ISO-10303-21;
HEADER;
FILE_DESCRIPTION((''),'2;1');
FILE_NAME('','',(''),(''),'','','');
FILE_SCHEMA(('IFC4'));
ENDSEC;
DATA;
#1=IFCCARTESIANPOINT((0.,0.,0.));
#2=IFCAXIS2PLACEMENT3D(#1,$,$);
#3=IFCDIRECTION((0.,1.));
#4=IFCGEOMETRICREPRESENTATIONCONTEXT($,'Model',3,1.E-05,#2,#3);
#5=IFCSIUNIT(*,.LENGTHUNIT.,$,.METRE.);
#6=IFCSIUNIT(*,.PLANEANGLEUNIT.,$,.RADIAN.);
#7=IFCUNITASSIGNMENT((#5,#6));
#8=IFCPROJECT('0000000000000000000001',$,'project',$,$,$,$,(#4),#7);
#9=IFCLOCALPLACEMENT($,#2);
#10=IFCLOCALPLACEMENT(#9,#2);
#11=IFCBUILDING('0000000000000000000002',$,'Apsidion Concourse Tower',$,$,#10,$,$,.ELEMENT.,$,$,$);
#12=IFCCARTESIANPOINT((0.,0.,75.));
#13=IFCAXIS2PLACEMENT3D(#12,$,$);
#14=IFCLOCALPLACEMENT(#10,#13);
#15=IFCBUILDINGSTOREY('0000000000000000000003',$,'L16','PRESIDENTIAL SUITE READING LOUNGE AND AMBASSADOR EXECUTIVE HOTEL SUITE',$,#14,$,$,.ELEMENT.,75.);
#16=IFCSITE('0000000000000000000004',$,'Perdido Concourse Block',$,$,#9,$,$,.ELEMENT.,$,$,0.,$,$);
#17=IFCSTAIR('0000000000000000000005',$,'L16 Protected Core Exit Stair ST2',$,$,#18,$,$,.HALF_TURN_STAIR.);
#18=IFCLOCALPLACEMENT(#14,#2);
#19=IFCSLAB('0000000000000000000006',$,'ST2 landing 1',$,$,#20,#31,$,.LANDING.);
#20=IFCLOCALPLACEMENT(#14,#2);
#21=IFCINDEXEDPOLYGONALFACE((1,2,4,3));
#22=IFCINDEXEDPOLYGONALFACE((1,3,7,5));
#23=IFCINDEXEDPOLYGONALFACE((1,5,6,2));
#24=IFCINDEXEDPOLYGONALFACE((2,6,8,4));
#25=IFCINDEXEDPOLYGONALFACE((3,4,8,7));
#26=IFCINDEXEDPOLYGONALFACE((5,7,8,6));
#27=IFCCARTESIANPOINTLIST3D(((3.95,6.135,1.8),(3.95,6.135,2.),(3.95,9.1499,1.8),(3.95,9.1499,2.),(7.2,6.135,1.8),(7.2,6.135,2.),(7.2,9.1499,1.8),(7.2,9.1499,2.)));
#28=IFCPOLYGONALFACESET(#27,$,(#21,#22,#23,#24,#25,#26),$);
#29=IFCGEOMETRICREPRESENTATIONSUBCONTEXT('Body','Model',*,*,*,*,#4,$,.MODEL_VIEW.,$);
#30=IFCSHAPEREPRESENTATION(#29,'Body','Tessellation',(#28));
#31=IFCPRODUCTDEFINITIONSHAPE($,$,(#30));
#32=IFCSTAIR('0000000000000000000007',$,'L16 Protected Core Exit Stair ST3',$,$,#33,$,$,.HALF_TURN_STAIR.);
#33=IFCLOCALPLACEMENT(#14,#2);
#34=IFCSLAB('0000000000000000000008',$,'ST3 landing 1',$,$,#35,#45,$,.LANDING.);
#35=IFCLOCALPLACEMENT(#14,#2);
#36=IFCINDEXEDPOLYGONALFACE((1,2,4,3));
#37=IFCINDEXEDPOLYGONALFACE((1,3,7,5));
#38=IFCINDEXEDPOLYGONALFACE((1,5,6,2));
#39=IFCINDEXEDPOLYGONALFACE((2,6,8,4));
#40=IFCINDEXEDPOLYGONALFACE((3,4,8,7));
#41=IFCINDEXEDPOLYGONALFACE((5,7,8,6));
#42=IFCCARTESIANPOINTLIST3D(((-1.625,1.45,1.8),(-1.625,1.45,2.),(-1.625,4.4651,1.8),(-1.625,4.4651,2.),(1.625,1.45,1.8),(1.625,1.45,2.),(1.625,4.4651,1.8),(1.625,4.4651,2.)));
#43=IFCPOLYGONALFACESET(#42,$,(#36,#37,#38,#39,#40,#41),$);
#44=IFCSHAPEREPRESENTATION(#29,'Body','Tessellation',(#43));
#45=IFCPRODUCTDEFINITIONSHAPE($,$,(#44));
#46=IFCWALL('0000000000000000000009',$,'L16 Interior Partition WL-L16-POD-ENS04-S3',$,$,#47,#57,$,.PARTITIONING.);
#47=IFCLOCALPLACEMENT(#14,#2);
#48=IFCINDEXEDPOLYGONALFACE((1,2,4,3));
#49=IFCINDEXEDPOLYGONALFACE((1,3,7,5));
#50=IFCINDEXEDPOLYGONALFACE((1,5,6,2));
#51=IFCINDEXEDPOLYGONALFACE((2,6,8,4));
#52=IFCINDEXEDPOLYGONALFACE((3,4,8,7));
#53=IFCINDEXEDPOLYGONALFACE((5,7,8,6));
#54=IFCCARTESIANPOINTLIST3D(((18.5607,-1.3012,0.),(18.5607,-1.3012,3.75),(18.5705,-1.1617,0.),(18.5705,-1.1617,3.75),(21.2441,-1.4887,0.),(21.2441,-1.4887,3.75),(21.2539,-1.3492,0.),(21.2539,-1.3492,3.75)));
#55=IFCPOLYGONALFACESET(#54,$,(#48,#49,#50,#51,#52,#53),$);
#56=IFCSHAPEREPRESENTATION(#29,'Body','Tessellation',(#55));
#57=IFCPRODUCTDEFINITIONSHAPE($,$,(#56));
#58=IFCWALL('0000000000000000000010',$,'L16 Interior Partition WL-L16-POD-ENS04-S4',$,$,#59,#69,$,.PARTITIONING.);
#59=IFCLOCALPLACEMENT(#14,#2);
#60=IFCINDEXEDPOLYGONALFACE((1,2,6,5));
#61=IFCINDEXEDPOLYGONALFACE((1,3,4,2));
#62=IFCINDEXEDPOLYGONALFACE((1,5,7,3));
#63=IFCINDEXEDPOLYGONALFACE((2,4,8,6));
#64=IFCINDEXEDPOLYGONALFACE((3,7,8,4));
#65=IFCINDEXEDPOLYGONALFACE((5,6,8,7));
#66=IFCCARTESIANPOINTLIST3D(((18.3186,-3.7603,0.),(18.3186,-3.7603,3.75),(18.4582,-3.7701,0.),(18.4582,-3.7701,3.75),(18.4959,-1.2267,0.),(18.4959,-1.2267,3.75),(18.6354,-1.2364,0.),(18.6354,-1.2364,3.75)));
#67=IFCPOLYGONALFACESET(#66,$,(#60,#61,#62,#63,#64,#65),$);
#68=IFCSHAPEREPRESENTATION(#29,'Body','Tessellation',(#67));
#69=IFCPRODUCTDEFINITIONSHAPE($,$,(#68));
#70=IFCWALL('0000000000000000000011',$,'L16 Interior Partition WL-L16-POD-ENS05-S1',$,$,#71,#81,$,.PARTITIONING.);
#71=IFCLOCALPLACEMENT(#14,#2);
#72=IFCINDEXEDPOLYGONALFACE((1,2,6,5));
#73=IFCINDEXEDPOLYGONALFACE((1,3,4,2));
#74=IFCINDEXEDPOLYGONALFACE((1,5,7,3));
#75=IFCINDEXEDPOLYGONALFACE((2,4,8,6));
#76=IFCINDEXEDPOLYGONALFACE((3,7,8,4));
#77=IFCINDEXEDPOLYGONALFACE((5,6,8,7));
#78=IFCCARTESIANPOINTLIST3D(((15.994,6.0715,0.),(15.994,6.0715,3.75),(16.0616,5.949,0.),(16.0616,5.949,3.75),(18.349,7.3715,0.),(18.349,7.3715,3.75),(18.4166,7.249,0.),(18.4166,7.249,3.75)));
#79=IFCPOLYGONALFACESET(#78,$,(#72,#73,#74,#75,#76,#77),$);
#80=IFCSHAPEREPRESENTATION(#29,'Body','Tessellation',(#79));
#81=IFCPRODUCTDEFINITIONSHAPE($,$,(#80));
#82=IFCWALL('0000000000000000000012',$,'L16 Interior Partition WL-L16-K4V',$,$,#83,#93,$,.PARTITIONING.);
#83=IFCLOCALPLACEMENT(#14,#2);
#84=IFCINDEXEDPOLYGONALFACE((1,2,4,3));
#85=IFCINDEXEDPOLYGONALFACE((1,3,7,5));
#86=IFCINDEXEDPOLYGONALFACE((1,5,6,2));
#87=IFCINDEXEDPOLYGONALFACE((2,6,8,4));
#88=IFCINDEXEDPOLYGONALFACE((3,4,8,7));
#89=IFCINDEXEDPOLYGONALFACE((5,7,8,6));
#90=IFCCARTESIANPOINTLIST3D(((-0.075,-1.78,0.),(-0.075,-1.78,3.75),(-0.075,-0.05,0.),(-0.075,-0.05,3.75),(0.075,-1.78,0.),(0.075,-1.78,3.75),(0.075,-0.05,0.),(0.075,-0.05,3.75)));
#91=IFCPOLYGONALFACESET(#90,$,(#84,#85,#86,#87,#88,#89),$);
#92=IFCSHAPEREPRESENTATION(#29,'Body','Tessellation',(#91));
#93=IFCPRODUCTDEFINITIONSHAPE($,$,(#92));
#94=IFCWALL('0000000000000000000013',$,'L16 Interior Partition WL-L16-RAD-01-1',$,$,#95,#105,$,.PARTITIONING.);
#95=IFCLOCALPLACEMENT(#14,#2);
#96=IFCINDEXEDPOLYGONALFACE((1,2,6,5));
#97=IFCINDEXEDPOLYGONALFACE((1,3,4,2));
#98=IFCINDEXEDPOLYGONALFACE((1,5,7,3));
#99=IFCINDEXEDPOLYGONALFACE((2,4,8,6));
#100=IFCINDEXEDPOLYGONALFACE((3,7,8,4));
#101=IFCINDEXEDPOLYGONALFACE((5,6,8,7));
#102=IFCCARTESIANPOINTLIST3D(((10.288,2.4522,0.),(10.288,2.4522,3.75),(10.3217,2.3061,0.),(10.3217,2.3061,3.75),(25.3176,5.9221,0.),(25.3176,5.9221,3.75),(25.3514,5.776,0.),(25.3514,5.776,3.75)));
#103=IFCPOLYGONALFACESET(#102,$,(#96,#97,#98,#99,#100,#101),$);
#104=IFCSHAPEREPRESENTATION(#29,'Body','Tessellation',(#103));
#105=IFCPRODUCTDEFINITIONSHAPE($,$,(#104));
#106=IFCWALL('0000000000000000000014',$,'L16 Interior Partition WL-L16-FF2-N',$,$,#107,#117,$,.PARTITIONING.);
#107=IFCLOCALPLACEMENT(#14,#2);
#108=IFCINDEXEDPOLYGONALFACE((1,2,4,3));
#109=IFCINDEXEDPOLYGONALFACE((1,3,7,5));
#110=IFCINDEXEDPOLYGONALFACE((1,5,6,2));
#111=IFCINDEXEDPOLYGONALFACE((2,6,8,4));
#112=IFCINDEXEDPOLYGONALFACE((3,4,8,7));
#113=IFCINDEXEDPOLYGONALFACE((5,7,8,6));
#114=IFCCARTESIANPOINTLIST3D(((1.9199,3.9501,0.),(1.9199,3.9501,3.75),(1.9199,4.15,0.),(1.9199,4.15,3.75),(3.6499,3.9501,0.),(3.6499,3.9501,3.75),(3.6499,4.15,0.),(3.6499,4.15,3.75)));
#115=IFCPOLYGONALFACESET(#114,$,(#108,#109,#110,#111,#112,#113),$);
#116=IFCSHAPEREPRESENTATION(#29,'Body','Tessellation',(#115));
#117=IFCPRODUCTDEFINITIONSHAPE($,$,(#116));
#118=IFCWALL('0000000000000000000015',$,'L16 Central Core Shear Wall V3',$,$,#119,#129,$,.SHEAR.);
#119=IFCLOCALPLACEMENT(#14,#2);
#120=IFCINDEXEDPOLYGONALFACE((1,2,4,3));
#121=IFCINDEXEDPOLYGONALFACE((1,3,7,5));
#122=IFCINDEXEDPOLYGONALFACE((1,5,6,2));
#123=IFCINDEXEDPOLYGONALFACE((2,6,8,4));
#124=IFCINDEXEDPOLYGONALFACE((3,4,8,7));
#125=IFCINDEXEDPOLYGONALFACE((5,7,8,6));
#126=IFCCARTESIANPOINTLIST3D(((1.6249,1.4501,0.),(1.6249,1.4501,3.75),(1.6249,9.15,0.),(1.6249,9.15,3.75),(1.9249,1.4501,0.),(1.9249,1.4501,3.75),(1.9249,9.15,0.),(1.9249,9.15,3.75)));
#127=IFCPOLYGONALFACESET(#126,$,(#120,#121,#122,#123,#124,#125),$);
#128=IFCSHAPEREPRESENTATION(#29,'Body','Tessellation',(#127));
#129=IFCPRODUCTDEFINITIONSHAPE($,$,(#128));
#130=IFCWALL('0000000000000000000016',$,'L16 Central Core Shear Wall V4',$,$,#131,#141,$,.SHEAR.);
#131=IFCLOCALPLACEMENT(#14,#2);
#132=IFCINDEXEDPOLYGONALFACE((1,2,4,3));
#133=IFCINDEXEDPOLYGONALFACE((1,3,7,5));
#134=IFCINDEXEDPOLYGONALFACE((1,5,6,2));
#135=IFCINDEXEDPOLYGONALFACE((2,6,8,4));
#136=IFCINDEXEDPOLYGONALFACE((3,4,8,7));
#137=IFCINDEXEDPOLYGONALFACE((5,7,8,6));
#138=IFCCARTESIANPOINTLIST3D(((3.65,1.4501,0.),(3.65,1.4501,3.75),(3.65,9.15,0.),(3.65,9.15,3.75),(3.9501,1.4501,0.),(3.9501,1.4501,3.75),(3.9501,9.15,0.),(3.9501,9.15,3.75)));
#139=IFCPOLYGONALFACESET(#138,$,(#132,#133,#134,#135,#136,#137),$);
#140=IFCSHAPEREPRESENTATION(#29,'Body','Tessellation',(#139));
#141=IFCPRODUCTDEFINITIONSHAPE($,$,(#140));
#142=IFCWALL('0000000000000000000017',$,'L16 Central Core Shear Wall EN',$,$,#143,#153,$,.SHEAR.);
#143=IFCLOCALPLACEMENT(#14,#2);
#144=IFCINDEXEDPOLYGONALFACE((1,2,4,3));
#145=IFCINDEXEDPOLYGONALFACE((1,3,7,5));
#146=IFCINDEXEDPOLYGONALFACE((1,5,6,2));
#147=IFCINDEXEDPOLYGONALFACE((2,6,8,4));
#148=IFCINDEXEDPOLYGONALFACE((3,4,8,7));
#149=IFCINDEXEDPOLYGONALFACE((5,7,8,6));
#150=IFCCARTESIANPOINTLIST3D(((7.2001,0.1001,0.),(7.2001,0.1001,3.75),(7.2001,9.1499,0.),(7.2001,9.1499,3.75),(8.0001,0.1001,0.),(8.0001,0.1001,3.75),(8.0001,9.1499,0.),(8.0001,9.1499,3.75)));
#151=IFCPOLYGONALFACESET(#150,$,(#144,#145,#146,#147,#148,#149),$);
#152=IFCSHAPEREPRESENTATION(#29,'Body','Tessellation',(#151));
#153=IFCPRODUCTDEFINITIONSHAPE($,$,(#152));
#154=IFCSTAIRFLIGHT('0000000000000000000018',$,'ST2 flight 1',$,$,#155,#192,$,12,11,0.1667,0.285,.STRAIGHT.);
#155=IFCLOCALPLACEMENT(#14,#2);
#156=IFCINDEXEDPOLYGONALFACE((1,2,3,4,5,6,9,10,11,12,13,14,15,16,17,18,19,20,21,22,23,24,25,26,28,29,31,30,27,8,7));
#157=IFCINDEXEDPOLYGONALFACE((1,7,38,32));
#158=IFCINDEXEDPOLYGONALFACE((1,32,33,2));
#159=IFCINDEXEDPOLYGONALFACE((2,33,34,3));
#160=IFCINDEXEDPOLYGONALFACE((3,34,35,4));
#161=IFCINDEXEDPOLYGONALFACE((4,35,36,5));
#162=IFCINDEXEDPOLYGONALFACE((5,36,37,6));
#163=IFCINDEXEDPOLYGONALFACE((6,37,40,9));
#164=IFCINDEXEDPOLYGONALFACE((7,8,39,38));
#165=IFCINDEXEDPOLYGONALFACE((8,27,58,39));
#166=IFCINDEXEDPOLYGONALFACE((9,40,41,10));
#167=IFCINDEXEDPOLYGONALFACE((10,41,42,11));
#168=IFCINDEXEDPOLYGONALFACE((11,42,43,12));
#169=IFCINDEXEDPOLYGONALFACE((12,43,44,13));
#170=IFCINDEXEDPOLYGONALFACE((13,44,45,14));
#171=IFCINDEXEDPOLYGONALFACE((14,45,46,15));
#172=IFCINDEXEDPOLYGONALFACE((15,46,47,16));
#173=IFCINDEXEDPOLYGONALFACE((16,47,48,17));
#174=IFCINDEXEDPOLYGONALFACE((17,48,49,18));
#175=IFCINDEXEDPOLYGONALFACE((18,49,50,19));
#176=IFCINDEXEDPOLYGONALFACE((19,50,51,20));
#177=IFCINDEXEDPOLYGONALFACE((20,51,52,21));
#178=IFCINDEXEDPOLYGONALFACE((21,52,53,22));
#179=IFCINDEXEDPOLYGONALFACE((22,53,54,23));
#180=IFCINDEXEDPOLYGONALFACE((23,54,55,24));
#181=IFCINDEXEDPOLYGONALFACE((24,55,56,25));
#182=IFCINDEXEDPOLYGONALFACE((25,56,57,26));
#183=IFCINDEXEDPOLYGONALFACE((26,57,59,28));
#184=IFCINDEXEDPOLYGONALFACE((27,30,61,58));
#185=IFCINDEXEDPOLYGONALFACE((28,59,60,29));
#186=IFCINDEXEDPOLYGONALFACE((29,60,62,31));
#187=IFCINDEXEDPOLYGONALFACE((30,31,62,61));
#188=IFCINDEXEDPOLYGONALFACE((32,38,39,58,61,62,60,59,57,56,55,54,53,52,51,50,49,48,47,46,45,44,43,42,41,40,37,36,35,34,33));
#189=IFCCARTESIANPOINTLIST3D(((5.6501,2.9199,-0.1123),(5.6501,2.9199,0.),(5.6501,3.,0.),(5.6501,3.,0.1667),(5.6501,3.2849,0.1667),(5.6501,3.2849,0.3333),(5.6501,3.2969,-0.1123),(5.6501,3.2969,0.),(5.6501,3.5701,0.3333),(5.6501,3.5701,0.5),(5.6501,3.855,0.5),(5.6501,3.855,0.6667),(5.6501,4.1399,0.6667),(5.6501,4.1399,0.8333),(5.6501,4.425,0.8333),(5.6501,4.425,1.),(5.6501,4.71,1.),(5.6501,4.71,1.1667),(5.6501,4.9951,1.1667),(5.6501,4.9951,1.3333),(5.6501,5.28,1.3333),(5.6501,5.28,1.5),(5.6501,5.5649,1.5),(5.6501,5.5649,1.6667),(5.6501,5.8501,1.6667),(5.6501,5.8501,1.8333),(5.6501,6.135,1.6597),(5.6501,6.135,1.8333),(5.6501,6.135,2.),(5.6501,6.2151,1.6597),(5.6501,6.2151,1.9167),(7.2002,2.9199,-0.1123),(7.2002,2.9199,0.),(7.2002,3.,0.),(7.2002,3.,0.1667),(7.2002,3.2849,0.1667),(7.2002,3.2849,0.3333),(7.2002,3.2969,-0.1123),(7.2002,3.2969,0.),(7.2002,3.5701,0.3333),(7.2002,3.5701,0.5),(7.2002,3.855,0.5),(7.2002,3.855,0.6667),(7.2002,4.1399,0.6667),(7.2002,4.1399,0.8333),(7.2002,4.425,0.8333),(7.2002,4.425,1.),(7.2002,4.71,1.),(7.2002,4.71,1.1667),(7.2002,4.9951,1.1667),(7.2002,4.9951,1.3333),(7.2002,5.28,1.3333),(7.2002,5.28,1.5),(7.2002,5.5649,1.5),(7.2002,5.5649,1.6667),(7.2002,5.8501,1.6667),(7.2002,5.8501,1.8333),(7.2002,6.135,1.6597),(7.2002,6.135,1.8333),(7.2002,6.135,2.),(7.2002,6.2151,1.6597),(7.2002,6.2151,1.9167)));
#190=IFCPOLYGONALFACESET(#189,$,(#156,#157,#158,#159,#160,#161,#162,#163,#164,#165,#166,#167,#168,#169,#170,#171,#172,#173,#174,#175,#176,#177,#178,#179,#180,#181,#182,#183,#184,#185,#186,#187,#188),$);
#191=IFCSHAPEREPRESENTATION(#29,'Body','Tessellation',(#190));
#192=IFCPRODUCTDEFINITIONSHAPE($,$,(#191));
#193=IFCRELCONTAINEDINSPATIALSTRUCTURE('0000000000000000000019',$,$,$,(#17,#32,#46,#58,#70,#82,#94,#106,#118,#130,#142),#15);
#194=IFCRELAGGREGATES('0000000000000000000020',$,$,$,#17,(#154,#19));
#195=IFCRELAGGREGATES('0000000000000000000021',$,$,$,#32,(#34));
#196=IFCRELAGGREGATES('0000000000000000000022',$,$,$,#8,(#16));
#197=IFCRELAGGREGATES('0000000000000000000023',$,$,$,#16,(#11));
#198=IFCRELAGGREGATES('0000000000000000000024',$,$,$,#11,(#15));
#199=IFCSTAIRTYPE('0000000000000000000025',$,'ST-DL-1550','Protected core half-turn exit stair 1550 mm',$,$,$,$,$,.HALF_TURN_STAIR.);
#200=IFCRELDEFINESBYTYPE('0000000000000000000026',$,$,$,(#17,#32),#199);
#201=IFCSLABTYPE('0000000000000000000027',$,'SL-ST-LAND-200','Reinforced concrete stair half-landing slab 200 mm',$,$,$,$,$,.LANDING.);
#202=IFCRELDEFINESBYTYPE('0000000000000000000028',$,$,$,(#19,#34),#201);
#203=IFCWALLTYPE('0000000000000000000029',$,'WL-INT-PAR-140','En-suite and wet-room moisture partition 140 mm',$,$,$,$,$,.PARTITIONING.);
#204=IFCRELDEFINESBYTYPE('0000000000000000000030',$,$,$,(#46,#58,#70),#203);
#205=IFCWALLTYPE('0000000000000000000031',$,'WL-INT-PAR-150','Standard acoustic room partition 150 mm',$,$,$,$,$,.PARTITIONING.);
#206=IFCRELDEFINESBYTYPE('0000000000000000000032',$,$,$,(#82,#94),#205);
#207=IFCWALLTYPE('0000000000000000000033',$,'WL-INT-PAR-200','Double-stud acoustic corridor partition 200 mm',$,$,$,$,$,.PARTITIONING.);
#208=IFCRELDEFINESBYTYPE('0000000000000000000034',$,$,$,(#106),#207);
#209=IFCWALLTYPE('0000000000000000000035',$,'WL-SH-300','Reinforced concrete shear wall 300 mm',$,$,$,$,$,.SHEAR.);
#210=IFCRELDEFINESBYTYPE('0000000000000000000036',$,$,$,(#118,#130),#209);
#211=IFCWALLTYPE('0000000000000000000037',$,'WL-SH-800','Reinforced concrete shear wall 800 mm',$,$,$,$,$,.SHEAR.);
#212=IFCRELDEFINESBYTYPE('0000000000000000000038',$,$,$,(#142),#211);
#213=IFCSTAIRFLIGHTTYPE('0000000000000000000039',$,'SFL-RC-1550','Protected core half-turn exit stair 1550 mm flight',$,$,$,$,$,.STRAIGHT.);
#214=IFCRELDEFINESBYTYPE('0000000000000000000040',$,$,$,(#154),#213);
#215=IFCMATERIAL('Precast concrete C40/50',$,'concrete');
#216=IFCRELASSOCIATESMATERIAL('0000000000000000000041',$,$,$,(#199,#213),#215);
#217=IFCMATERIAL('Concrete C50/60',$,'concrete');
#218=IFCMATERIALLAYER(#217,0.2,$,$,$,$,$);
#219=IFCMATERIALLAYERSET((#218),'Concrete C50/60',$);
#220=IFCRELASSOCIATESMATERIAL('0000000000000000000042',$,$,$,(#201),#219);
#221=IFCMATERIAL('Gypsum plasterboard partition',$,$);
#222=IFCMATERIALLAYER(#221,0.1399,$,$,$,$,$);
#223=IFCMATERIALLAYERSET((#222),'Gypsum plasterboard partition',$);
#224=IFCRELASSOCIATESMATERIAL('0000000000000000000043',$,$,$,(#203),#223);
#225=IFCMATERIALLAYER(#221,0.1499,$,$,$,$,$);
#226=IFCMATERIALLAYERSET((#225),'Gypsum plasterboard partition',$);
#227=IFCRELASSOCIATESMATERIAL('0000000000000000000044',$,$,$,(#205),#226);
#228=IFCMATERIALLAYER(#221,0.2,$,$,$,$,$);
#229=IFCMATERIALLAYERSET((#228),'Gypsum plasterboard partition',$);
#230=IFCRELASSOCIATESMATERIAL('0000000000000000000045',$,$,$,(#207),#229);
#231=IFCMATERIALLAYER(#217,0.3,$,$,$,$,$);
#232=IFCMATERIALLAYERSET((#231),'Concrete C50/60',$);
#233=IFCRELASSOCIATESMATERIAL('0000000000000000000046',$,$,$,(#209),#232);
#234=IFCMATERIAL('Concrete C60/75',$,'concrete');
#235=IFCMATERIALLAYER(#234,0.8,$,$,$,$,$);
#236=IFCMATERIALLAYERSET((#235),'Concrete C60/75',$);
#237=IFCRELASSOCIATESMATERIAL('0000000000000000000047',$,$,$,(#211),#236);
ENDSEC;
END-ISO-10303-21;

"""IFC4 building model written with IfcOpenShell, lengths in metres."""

from ifc_helpers import new_model, si_unit, direction, frame, frame_2d, origin, place, context, subcontext, project, spatial, polyline, rectangle, outline, extrude, material, layer, layer_set, type_object, element, aggregate, save


model = new_model("IFC4")

# Units and contexts
model_context = context("Model", 3, precision=1e-05, world=origin(), true_north=direction((0.0, 1.0)))
body_context = subcontext(model_context, "Body", "Model", "MODEL_VIEW")
ifc_project = project(units=[si_unit("LENGTHUNIT", "METRE"), si_unit("PLANEANGLEUNIT", "RADIAN")], contexts=[model_context])

# Site, building, storey
site_placement = place(None, origin())
site = spatial("IfcSite", under=ifc_project, at=site_placement, Name="Perdido Concourse Block", CompositionType="ELEMENT", RefElevation=0.0)
building_placement = place(site_placement, origin())
building = spatial("IfcBuilding", under=site, at=building_placement, Name="Apsidion Concourse Tower", CompositionType="ELEMENT")
storey_placement = place(building_placement, frame((0.0, 0.0, 75.0)))
storey = spatial("IfcBuildingStorey", under=building, at=storey_placement, Name="L16", Description="PRESIDENTIAL SUITE READING LOUNGE AND AMBASSADOR EXECUTIVE HOTEL SUITE", CompositionType="ELEMENT", Elevation=75.0)

# Shared definitions
ifc_material_1 = material(Name="Concrete C60/75", Category="concrete")

# Shared definitions
ifc_material_2 = material(Name="Concrete C50/60", Category="concrete")

# Stairs, slabs
ifc_material_3 = material(Name="Precast concrete C40/50", Category="concrete")
stair_type = type_object("IfcStairType", Name="ST-DL-1550", Description="Protected core half-turn exit stair 1550 mm", PredefinedType="HALF_TURN_STAIR", material=ifc_material_3)
ifc_layer_1 = layer(ifc_material_2, 0.2)
ifc_layer_set_1 = layer_set([ifc_layer_1], Name="Concrete C50/60")
slab_type_1 = type_object("IfcSlabType", Name="SL-ST-LAND-200", Description="Reinforced concrete stair half-landing slab 200 mm", PredefinedType="LANDING", material=ifc_layer_set_1)
stair_1_placement = place(storey_placement, origin())
stair_1 = element("IfcStair", 1, at=stair_1_placement, inside=storey, type_object=stair_type, Name="L16 Protected Core Exit Stair ST2", PredefinedType="HALF_TURN_STAIR")
slab_1_placement = place(storey_placement, frame((0.0, 0.0, 1.8)))
slab_1 = element("IfcSlab", 2, at=slab_1_placement, type_object=slab_type_1, Name="ST2 landing 1", PredefinedType="LANDING", context=body_context, shape_type="SweptSolid", body=[
    extrude(outline(polyline([(7.2, 6.135), (7.2, 9.1499), (3.95, 9.1499), (3.95, 6.135), (7.2, 6.135)])), origin(), (0.0, 0.0, 1.0), 0.2),
])
stair_2_placement = place(storey_placement, origin())
stair_2 = element("IfcStair", 3, at=stair_2_placement, inside=storey, type_object=stair_type, Name="L16 Protected Core Exit Stair ST3", PredefinedType="HALF_TURN_STAIR")
slab_2_placement = place(storey_placement, frame((0.0, 0.0, 1.8)))
slab_2 = element("IfcSlab", 4, at=slab_2_placement, type_object=slab_type_1, Name="ST3 landing 1", PredefinedType="LANDING", context=body_context, shape_type="SweptSolid", body=[
    extrude(outline(polyline([(-1.625, 4.4651), (-1.625, 1.45), (1.625, 1.45), (1.625, 4.4651), (-1.625, 4.4651)])), origin(), (0.0, 0.0, 1.0), 0.2),
])

# Walls
ifc_material_4 = material(Name="Gypsum plasterboard partition")
ifc_layer_2 = layer(ifc_material_4, 0.1399)
ifc_layer_set_2 = layer_set([ifc_layer_2], Name="Gypsum plasterboard partition")
wall_type_1 = type_object("IfcWallType", Name="WL-INT-PAR-140", Description="En-suite and wet-room moisture partition 140 mm", PredefinedType="PARTITIONING", material=ifc_layer_set_2)
wall_1_placement = place(storey_placement, frame((21.249, -1.4189, 0.0), z_axis=(0.0, 0.0, 1.0), x_axis=(-0.997568, 0.069705, 0.0)))
element("IfcWall", 5, at=wall_1_placement, inside=storey, type_object=wall_type_1, Name="L16 Interior Partition WL-L16-POD-ENS04-S3", PredefinedType="PARTITIONING", context=body_context, shape_type="SweptSolid", body=[
    extrude(rectangle(XDim=2.6899, YDim=0.1399, at=frame_2d((1.345, 0.0))), origin(), (0.0, 0.0, 1.0), 3.75),
])
wall_2_placement = place(storey_placement, frame((18.5657, -1.2314, 0.0), z_axis=(0.0, 0.0, 1.0), x_axis=(-0.069785, -0.997562, 0.0)))
element("IfcWall", 6, at=wall_2_placement, inside=storey, type_object=wall_type_1, Name="L16 Interior Partition WL-L16-POD-ENS04-S4", PredefinedType="PARTITIONING", context=body_context, shape_type="SweptSolid", body=[
    extrude(rectangle(XDim=2.5398, YDim=0.1399, at=frame_2d((1.27, 0.0))), origin(), (0.0, 0.0, 1.0), 3.75),
])
wall_3_placement = place(storey_placement, frame((16.0278, 6.0103, 0.0), z_axis=(0.0, 0.0, 1.0), x_axis=(0.87546, 0.483291, 0.0)))
element("IfcWall", 7, at=wall_3_placement, inside=storey, type_object=wall_type_1, Name="L16 Interior Partition WL-L16-POD-ENS05-S1", PredefinedType="PARTITIONING", context=body_context, shape_type="SweptSolid", body=[
    extrude(rectangle(XDim=2.6899, YDim=0.1399, at=frame_2d((1.345, 0.0))), origin(), (0.0, 0.0, 1.0), 3.75),
])
ifc_layer_3 = layer(ifc_material_4, 0.1499)
ifc_layer_set_3 = layer_set([ifc_layer_3], Name="Gypsum plasterboard partition")
wall_type_2 = type_object("IfcWallType", Name="WL-INT-PAR-150", Description="Standard acoustic room partition 150 mm", PredefinedType="PARTITIONING", material=ifc_layer_set_3)
wall_4_placement = place(storey_placement, frame((0.0, -1.78, 0.0), z_axis=(0.0, 0.0, 1.0), x_axis=(0.0, 1.0, 0.0)))
element("IfcWall", 8, at=wall_4_placement, inside=storey, type_object=wall_type_2, Name="L16 Interior Partition WL-L16-K4V", PredefinedType="PARTITIONING", context=body_context, shape_type="SweptSolid", body=[
    extrude(rectangle(XDim=1.73, YDim=0.1499, at=frame_2d((0.865, 0.0))), origin(), (0.0, 0.0, 1.0), 3.75),
])
wall_5_placement = place(storey_placement, frame((10.3049, 2.3792, 0.0), z_axis=(0.0, 0.0, 1.0), x_axis=(0.974369, 0.224955, 0.0)))
element("IfcWall", 9, at=wall_5_placement, inside=storey, type_object=wall_type_2, Name="L16 Interior Partition WL-L16-RAD-01-1", PredefinedType="PARTITIONING", context=body_context, shape_type="SweptSolid", body=[
    extrude(rectangle(XDim=15.425, YDim=0.1499, at=frame_2d((7.7124, 0.0))), origin(), (0.0, 0.0, 1.0), 3.75),
])
ifc_layer_4 = layer(ifc_material_4, 0.2)
ifc_layer_set_4 = layer_set([ifc_layer_4], Name="Gypsum plasterboard partition")
wall_type_3 = type_object("IfcWallType", Name="WL-INT-PAR-200", Description="Double-stud acoustic corridor partition 200 mm", PredefinedType="PARTITIONING", material=ifc_layer_set_4)
wall_6_placement = place(storey_placement, frame((1.9199, 4.05, 0.0), z_axis=(0.0, 0.0, 1.0), x_axis=(1.0, 0.0, 0.0)))
element("IfcWall", 10, at=wall_6_placement, inside=storey, type_object=wall_type_3, Name="L16 Interior Partition WL-L16-FF2-N", PredefinedType="PARTITIONING", context=body_context, shape_type="SweptSolid", body=[
    extrude(rectangle(XDim=1.73, YDim=0.2, at=frame_2d((0.865, 0.0))), origin(), (0.0, 0.0, 1.0), 3.75),
])

# Walls
ifc_layer_5 = layer(ifc_material_2, 0.3)
ifc_layer_set_5 = layer_set([ifc_layer_5], Name="Concrete C50/60")
wall_type_4 = type_object("IfcWallType", Name="WL-SH-300", Description="Reinforced concrete shear wall 300 mm", PredefinedType="SHEAR", material=ifc_layer_set_5)
for number, where, z_axis, x_axis, name in (
    (11, (1.7749, 1.45, 0.0), (0.0, 0.0, 1.0), (0.0, 1.0, 0.0), "L16 Central Core Shear Wall V3"),
    (12, (3.8, 1.45, 0.0), (0.0, 0.0, 1.0), (0.0, 1.0, 0.0), "L16 Central Core Shear Wall V4"),
):
    element("IfcWall", number, at=place(storey_placement, frame(where, z_axis=z_axis, x_axis=x_axis)), inside=storey, type_object=wall_type_4, Name=name, PredefinedType="SHEAR", context=body_context, shape_type="SweptSolid", body=[
        extrude(rectangle(XDim=7.7, YDim=0.3, at=frame_2d((3.8501, 0.0))), origin(), (0.0, 0.0, 1.0), 3.75),
    ])
ifc_layer_6 = layer(ifc_material_1, 0.8)
ifc_layer_set_6 = layer_set([ifc_layer_6], Name="Concrete C60/75")
wall_type_5 = type_object("IfcWallType", Name="WL-SH-800", Description="Reinforced concrete shear wall 800 mm", PredefinedType="SHEAR", material=ifc_layer_set_6)
wall_7_placement = place(storey_placement, frame((7.6001, 0.1001, 0.0), z_axis=(0.0, 0.0, 1.0), x_axis=(0.0, 1.0, 0.0)))
element("IfcWall", 13, at=wall_7_placement, inside=storey, type_object=wall_type_5, Name="L16 Central Core Shear Wall EN", PredefinedType="SHEAR", context=body_context, shape_type="SweptSolid", body=[
    extrude(rectangle(XDim=9.0498, YDim=0.8, at=frame_2d((4.5249, 0.0))), origin(), (0.0, 0.0, 1.0), 3.75),
])

# Stair flight
stair_flight_type = type_object("IfcStairFlightType", Name="SFL-RC-1550", Description="Protected core half-turn exit stair 1550 mm flight", PredefinedType="STRAIGHT", material=ifc_material_3)
stair_flight_1_placement = place(storey_placement, frame((6.425, 3.0, 0.0), z_axis=(0.0, 0.0, 1.0), x_axis=(0.0, 1.0, 0.0)))
stair_flight_1 = element("IfcStairFlight", 14, at=stair_flight_1_placement, type_object=stair_flight_type, Name="ST2 flight 1", NumberOfRisers=12, NumberOfTreads=11, PredefinedType="STRAIGHT", RiserHeight=0.1667, TreadLength=0.285, context=body_context, shape_type="SweptSolid", body=[
    extrude(outline(polyline([(-0.0801, -0.1123), (-0.0801, 0.0), (0.0, 0.0), (0.0, 0.1667), (0.2849, 0.1667), (0.2849, 0.3333), (0.5701, 0.3333), (0.5701, 0.5), (0.855, 0.5), (0.855, 0.6667), (1.1399, 0.6667), (1.1399, 0.8333), (1.425, 0.8333), (1.425, 1.0), (1.71, 1.0), (1.71, 1.1667), (1.9951, 1.1667), (1.9951, 1.3333), (2.28, 1.3333), (2.28, 1.5), (2.5649, 1.5), (2.5649, 1.6667), (2.8501, 1.6667), (2.8501, 1.8333), (3.135, 1.8333), (3.135, 2.0), (3.2151, 1.9167), (3.2151, 1.6597), (3.135, 1.6597), (0.2969, 0.0), (0.2969, -0.1123), (-0.0801, -0.1123)])), frame((0.0, 0.7749, 0.0), z_axis=(0.0, -1.0, 0.0), x_axis=(1.0, 0.0, 0.0)), (0.0, 0.0, 1.0), 1.55),
])
aggregate(stair_1, [stair_flight_1, slab_1])
aggregate(stair_2, [slab_2])

save(model, "model.ifc")
